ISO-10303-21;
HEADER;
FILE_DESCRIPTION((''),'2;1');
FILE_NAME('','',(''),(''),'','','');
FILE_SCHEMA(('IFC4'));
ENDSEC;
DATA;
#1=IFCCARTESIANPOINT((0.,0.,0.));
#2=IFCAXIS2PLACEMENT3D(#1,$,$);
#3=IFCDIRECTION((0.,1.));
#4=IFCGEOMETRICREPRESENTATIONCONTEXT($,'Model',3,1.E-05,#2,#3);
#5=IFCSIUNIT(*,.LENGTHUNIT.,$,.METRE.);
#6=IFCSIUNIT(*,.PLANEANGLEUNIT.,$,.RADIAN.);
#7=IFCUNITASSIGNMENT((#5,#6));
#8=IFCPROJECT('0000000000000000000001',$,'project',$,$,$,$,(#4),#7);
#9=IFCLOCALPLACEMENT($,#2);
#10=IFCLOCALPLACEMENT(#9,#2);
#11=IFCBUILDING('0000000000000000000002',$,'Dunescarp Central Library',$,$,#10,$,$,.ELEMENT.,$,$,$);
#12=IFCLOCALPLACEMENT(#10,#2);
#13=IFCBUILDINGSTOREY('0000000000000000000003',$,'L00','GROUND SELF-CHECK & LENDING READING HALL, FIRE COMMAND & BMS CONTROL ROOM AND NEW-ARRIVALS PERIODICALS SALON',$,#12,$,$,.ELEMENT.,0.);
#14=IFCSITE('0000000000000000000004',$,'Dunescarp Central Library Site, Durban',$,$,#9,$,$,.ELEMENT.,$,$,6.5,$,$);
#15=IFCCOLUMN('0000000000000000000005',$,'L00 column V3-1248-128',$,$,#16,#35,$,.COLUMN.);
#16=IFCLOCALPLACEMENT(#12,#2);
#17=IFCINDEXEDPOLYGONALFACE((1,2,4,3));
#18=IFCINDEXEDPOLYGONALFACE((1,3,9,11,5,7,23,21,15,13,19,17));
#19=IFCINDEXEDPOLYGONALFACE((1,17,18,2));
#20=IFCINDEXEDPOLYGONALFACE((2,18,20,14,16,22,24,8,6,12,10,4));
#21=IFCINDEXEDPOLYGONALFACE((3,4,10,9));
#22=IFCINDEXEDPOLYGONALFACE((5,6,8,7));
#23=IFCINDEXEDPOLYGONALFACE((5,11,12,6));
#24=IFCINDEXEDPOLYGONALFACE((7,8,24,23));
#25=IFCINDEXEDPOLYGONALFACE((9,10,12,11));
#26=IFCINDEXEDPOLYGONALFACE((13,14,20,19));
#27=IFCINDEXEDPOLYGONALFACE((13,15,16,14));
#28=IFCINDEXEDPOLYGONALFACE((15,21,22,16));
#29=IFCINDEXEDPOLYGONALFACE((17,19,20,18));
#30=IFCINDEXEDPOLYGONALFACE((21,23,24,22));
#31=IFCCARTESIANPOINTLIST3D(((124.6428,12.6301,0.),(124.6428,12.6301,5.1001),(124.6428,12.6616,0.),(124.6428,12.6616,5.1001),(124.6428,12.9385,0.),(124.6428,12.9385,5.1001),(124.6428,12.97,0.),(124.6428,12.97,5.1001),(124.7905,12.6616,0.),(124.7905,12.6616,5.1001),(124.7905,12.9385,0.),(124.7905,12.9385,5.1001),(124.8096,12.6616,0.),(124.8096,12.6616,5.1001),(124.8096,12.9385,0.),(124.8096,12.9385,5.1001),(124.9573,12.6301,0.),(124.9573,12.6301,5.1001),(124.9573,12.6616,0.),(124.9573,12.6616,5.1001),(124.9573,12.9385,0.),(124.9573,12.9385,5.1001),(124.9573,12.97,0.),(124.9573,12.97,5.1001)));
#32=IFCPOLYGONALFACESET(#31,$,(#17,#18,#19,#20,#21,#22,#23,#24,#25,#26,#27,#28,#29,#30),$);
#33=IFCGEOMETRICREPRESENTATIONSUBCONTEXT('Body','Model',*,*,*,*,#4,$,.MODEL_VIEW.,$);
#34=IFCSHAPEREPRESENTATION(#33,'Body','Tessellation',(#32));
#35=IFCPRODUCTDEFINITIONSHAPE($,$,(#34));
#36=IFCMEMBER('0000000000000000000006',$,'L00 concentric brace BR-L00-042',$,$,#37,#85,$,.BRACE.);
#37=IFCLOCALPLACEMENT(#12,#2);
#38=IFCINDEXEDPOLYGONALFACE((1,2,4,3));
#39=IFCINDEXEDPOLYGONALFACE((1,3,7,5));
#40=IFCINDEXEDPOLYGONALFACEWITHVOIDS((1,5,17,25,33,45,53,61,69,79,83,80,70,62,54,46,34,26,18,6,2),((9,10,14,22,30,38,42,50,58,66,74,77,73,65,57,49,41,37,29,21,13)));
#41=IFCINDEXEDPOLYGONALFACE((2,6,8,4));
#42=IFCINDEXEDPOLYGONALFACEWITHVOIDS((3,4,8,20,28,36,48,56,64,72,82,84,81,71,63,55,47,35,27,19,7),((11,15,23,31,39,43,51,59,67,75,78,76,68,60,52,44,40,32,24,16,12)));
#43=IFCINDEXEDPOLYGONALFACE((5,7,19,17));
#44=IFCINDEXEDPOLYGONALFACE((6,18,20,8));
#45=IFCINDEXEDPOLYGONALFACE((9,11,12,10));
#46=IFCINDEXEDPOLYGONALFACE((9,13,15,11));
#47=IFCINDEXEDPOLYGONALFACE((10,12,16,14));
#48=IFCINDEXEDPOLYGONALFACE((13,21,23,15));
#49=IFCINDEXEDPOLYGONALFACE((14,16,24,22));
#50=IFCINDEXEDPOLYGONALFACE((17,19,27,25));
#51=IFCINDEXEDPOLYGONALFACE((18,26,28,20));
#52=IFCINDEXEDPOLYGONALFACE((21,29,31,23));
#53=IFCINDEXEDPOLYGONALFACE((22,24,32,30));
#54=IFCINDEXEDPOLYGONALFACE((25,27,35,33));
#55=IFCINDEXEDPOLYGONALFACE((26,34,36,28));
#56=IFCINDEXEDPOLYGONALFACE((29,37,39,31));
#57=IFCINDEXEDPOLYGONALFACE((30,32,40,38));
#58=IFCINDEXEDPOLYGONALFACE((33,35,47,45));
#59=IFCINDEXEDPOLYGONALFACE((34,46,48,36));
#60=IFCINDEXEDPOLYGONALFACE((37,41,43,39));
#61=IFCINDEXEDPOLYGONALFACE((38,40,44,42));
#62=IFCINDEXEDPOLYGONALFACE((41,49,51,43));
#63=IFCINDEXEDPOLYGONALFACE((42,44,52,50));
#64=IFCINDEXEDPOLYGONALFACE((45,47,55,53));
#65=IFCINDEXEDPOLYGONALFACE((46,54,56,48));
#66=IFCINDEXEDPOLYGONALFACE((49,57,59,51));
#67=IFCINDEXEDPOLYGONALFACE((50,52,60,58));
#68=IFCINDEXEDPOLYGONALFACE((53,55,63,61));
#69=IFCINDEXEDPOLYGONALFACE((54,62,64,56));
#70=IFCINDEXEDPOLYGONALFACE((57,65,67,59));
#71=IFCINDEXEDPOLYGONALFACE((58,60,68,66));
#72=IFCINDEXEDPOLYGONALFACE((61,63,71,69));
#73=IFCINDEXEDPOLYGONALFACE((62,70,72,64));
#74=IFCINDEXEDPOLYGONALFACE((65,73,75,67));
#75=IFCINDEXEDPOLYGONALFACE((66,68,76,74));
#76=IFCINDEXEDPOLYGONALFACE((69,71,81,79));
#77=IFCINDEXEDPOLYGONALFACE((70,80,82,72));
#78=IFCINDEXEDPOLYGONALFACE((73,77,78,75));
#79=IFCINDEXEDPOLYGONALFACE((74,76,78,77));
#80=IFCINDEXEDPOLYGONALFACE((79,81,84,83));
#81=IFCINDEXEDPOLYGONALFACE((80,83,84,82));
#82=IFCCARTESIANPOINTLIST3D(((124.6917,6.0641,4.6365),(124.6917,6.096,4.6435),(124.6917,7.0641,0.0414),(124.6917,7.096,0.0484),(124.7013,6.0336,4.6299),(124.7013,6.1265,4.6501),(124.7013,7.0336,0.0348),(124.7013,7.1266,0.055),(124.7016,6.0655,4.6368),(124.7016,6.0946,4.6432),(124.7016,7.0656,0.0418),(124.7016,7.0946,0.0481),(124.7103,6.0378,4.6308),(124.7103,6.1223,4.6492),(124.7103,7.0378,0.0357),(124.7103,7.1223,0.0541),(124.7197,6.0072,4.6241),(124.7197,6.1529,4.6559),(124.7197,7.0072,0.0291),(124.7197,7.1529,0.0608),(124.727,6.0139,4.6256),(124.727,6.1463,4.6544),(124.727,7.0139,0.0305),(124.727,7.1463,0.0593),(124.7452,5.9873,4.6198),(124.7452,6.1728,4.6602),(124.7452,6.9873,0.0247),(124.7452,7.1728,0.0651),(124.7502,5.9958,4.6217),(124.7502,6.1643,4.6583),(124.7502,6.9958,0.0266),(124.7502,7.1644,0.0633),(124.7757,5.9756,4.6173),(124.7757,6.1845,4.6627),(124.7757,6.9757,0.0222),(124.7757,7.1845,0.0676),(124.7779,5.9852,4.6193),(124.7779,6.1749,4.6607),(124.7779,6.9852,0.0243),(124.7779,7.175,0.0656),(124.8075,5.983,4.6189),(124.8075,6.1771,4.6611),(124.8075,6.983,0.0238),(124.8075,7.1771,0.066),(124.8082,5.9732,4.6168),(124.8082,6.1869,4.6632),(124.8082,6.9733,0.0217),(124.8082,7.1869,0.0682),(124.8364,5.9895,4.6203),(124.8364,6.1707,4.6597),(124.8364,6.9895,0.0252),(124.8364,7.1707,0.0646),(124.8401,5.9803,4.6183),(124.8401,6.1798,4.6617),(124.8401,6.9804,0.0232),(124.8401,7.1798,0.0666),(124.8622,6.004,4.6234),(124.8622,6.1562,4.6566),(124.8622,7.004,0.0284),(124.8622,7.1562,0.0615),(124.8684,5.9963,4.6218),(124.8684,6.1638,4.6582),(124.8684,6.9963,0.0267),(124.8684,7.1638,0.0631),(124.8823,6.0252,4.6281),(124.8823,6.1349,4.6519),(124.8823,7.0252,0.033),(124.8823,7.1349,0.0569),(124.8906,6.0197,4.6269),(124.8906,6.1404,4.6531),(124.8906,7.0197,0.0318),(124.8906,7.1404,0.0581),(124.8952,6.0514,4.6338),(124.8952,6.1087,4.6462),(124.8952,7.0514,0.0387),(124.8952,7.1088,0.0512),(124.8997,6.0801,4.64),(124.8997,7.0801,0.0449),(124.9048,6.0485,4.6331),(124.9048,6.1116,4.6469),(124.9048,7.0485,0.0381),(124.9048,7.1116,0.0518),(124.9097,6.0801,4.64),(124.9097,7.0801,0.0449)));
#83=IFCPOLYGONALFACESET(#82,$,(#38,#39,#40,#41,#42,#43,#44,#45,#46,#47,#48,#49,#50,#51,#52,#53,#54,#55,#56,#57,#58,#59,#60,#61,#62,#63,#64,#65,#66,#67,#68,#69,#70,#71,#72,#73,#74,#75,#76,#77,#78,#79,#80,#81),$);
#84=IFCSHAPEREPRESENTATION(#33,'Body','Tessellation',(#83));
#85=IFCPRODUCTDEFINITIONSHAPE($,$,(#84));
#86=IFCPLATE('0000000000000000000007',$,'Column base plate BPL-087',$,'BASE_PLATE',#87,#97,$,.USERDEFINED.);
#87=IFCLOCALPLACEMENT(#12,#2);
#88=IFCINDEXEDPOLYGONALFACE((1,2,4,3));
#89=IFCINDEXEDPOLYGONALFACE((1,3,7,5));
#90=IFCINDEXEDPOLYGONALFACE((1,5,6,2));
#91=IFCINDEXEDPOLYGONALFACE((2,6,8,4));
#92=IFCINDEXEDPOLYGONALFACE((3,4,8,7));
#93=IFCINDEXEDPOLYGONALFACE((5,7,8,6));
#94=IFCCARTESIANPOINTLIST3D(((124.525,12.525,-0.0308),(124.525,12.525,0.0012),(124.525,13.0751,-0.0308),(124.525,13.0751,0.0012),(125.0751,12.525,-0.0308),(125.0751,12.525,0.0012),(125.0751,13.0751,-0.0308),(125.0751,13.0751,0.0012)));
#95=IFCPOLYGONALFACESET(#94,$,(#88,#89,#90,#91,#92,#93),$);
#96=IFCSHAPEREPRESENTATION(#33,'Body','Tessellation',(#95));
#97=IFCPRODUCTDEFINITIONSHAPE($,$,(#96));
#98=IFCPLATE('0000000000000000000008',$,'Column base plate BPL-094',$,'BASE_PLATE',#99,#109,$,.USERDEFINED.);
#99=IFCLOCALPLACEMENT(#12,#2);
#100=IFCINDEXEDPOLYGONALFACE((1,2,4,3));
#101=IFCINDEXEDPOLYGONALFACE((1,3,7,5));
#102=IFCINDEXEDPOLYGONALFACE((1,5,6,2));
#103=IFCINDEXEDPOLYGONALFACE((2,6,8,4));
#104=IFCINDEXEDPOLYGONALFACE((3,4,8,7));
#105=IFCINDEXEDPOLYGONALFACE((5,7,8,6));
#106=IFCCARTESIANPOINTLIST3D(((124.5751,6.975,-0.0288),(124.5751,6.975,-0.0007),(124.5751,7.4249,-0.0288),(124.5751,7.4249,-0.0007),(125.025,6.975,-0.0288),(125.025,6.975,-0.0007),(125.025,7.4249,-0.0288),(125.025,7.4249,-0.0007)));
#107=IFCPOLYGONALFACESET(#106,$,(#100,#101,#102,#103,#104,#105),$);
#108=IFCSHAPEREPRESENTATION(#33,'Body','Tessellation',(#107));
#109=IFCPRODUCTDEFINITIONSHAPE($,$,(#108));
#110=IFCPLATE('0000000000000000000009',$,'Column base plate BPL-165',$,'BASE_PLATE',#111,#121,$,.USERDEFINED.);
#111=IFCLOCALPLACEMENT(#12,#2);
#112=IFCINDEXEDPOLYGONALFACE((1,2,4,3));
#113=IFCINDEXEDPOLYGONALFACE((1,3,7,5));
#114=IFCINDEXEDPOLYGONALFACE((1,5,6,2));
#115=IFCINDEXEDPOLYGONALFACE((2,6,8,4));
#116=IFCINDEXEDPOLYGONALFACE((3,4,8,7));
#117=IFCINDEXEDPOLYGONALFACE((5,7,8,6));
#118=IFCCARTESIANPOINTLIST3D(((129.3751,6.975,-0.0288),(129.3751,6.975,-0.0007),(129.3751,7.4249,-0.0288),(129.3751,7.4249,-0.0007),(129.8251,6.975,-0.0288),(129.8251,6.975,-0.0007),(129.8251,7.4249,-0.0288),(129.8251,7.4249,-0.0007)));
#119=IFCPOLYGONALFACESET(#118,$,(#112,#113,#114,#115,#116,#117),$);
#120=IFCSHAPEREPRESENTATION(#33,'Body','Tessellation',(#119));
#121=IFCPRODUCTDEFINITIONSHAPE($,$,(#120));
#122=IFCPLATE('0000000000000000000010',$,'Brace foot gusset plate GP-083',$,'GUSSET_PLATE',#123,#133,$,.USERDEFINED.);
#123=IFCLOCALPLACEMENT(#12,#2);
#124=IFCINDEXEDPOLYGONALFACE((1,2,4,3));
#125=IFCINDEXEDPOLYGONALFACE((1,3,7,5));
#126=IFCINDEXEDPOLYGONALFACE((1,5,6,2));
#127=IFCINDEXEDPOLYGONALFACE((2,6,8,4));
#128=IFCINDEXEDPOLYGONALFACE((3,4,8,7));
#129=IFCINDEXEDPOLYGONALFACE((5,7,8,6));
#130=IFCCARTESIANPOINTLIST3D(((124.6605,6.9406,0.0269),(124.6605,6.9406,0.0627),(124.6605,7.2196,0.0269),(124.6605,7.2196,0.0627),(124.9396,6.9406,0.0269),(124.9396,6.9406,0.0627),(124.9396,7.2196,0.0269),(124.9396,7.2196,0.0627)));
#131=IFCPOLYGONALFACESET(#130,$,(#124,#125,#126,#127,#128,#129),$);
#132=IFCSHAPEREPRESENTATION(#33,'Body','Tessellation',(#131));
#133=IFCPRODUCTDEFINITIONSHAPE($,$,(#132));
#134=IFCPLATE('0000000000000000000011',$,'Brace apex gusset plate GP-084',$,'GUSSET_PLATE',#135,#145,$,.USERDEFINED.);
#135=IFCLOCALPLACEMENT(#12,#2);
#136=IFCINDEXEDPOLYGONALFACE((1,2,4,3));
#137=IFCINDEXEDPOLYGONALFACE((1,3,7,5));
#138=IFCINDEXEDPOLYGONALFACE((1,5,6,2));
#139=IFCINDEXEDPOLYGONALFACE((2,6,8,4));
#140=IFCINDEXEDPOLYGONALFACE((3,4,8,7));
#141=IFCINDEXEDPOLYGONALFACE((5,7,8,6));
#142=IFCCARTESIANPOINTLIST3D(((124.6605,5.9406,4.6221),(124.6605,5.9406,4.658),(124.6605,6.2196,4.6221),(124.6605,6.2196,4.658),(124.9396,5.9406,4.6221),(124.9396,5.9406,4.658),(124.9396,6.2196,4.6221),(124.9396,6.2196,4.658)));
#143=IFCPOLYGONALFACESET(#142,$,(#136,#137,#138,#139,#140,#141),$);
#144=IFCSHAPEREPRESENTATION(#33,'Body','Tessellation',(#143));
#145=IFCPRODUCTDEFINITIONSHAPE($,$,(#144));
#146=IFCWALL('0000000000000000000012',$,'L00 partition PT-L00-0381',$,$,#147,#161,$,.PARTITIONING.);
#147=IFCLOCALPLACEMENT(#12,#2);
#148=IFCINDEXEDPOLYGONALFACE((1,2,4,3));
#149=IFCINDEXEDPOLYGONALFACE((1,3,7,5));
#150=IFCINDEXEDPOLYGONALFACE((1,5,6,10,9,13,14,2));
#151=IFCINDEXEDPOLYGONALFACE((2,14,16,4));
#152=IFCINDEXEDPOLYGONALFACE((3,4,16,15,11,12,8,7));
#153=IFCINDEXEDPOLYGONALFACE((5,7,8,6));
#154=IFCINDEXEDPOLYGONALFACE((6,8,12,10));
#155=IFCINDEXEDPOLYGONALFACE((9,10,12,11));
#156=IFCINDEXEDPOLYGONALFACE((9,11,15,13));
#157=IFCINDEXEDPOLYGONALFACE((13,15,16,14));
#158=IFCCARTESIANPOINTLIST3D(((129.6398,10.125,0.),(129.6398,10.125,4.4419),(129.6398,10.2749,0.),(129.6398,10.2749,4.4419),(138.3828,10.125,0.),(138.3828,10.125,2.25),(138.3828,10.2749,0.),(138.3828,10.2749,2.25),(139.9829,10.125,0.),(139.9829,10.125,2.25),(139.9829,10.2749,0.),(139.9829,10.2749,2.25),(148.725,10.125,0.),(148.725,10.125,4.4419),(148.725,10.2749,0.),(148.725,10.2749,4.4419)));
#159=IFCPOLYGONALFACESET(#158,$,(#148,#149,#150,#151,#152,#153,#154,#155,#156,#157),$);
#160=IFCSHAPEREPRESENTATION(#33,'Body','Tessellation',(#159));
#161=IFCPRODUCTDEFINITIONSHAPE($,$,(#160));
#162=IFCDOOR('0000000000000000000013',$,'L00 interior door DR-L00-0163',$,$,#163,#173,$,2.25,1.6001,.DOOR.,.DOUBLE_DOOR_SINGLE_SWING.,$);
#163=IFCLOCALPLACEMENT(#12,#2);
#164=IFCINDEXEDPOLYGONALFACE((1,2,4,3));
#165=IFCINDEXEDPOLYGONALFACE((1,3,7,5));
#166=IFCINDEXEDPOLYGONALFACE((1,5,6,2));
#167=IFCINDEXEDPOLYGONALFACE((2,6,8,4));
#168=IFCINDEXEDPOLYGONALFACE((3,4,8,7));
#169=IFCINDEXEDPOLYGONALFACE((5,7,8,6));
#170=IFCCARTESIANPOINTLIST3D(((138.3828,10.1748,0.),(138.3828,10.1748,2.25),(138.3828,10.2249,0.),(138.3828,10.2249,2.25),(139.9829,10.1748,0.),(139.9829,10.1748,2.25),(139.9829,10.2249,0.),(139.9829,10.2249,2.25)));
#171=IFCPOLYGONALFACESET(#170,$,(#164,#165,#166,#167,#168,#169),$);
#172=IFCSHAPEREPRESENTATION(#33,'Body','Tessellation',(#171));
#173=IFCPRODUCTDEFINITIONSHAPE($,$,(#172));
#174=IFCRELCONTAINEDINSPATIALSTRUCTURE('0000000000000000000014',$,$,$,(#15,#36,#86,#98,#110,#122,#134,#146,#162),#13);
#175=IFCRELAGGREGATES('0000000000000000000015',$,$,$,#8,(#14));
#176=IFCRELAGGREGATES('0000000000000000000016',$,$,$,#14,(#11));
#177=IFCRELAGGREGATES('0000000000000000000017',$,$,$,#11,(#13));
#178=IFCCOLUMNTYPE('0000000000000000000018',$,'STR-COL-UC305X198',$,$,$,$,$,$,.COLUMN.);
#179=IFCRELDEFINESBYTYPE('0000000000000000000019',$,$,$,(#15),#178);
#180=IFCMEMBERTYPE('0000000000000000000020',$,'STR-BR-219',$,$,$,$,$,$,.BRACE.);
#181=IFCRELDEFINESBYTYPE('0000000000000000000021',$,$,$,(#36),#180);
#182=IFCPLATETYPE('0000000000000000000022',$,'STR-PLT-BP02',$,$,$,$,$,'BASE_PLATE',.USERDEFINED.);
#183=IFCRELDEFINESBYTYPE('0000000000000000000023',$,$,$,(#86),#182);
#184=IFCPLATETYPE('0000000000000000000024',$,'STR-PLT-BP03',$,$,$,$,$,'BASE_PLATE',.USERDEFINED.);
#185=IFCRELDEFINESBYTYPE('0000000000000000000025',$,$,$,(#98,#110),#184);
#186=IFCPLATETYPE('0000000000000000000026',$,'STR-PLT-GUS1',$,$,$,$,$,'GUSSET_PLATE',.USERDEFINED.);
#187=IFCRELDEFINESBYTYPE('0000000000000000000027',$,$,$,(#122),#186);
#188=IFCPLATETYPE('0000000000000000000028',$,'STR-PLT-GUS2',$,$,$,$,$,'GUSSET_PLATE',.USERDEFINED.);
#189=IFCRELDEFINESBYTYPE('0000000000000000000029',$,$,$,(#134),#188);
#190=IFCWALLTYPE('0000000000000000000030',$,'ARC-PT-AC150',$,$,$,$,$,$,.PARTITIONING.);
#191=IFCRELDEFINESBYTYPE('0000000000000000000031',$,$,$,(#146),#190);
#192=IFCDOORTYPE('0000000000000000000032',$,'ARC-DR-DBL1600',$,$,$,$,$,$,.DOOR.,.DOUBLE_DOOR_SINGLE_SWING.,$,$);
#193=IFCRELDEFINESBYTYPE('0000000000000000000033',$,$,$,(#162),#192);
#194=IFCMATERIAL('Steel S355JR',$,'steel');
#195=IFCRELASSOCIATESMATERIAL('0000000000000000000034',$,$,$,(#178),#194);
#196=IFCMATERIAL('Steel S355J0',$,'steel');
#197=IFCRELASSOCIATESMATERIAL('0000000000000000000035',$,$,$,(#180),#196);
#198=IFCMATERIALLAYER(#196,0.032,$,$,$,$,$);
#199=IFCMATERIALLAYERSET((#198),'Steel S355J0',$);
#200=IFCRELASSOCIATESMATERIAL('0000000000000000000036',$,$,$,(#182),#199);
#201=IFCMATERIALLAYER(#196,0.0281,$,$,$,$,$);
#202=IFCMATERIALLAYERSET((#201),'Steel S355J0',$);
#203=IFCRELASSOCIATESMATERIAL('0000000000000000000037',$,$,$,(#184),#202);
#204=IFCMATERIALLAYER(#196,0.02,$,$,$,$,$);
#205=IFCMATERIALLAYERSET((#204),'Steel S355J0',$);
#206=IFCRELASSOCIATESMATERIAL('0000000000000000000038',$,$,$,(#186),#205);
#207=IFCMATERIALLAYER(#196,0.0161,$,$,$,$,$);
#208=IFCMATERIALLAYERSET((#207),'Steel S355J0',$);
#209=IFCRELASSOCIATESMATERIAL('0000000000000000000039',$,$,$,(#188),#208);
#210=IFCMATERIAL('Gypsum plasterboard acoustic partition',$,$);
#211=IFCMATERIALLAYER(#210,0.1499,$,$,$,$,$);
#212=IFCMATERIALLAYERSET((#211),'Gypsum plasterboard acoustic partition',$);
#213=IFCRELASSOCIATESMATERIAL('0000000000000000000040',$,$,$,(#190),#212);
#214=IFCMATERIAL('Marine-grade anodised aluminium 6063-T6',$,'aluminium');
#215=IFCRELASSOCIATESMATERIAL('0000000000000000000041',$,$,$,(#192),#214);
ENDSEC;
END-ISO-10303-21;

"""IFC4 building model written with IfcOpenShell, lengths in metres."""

from ifc_helpers import new_model, si_unit, direction, frame, frame_2d, origin, origin_2d, place, context, subcontext, project, spatial, rectangle, hollow_circle, i_section, extrude, material, layer, layer_set, material_profile, profile_set, type_object, element, fill, save


model = new_model("IFC4")

# Units and contexts
model_context = context("Model", 3, precision=1e-05, world=origin(), true_north=direction((0.0, 1.0)))
body_context = subcontext(model_context, "Body", "Model", "MODEL_VIEW")
ifc_project = project(units=[si_unit("LENGTHUNIT", "METRE"), si_unit("PLANEANGLEUNIT", "RADIAN")], contexts=[model_context])

# Site, building, storey
site_placement = place(None, origin())
site = spatial("IfcSite", under=ifc_project, at=site_placement, Name="Dunescarp Central Library Site, Durban", CompositionType="ELEMENT", RefElevation=6.5)
building_placement = place(site_placement, origin())
building = spatial("IfcBuilding", under=site, at=building_placement, Name="Dunescarp Central Library", CompositionType="ELEMENT")
storey_placement = place(building_placement, origin())
storey = spatial("IfcBuildingStorey", under=building, at=storey_placement, Name="L00", Description="GROUND SELF-CHECK & LENDING READING HALL, FIRE COMMAND & BMS CONTROL ROOM AND NEW-ARRIVALS PERIODICALS SALON", CompositionType="ELEMENT", Elevation=0.0)

# Column
ifc_material_1 = material(Name="Steel S355JR", Category="steel")
ifc_material_profile_1 = material_profile(ifc_material_1, i_section(OverallWidth=0.3145, OverallDepth=0.3398, WebThickness=0.019, FlangeThickness=0.0315, at=origin_2d()), Name="UC 305x305x198")
ifc_profile_set_1 = profile_set([ifc_material_profile_1], Name="Steel S355JR")
column_type_1 = type_object("IfcColumnType", Name="STR-COL-UC305X198", PredefinedType="COLUMN", material=ifc_profile_set_1)
column_1_placement = place(storey_placement, frame((124.8, 12.8, 0.0), z_axis=(0.0, 0.0, 1.0), x_axis=(1.0, 0.0, 0.0)))
element("IfcColumn", 1, at=column_1_placement, inside=storey, type_object=column_type_1, Name="L00 column V3-1248-128", PredefinedType="COLUMN", context=body_context, shape_type="SweptSolid", body=[
    extrude(i_section(OverallWidth=0.3145, OverallDepth=0.3398, WebThickness=0.019, FlangeThickness=0.0315, at=origin_2d()), origin(), (0.0, 0.0, 1.0), 5.1001),
])

# Member
ifc_material_2 = material(Name="Steel S355J0", Category="steel")
ifc_material_profile_2 = material_profile(ifc_material_2, hollow_circle(Radius=0.1096, WallThickness=0.01, at=origin_2d()), Name="CHS 219.1x10")
ifc_profile_set_2 = profile_set([ifc_material_profile_2], Name="Steel S355J0")
member_type = type_object("IfcMemberType", Name="STR-BR-219", PredefinedType="BRACE", material=ifc_profile_set_2)
member_placement = place(storey_placement, frame((124.8, 7.0801, 0.0449), z_axis=(0.0, -0.212652, 0.977128), x_axis=(1.0, 0.0, 0.0)))
element("IfcMember", 2, at=member_placement, inside=storey, type_object=member_type, Name="L00 concentric brace BR-L00-042", PredefinedType="BRACE", context=body_context, shape_type="SweptSolid", body=[
    extrude(hollow_circle(Radius=0.1096, WallThickness=0.01, at=origin_2d()), origin(), (0.0, 0.0, 1.0), 4.7026),
])

# Plates
ifc_layer_1 = layer(ifc_material_2, 0.032)
ifc_layer_set_1 = layer_set([ifc_layer_1], Name="Steel S355J0")
plate_type_1 = type_object("IfcPlateType", Name="STR-PLT-BP02", ElementType="BASE_PLATE", PredefinedType="USERDEFINED", material=ifc_layer_set_1)
plate_1_placement = place(storey_placement, frame((124.8, 12.8, -0.0308), z_axis=(0.0, 0.0, 1.0), x_axis=(1.0, 0.0, 0.0)))
element("IfcPlate", 3, at=plate_1_placement, inside=storey, type_object=plate_type_1, Name="Column base plate BPL-087", ObjectType="BASE_PLATE", PredefinedType="USERDEFINED", context=body_context, shape_type="SweptSolid", body=[
    extrude(rectangle(XDim=0.55, YDim=0.55, at=origin_2d()), origin(), (0.0, 0.0, 1.0), 0.032),
])
ifc_layer_2 = layer(ifc_material_2, 0.0281)
ifc_layer_set_2 = layer_set([ifc_layer_2], Name="Steel S355J0")
plate_type_2 = type_object("IfcPlateType", Name="STR-PLT-BP03", ElementType="BASE_PLATE", PredefinedType="USERDEFINED", material=ifc_layer_set_2)
for number, where, z_axis, x_axis, name in (
    (4, (124.8, 7.2, -0.0288), (0.0, 0.0, 1.0), (1.0, 0.0, 0.0), "Column base plate BPL-094"),
    (5, (129.6001, 7.2, -0.0288), (0.0, 0.0, 1.0), (1.0, 0.0, 0.0), "Column base plate BPL-165"),
):
    element("IfcPlate", number, at=place(storey_placement, frame(where, z_axis=z_axis, x_axis=x_axis)), inside=storey, type_object=plate_type_2, Name=name, ObjectType="BASE_PLATE", PredefinedType="USERDEFINED", context=body_context, shape_type="SweptSolid", body=[
        extrude(rectangle(XDim=0.45, YDim=0.45, at=origin_2d()), origin(), (0.0, 0.0, 1.0), 0.0281),
    ])
ifc_layer_3 = layer(ifc_material_2, 0.02)
ifc_layer_set_3 = layer_set([ifc_layer_3], Name="Steel S355J0")
plate_type_3 = type_object("IfcPlateType", Name="STR-PLT-GUS1", ElementType="GUSSET_PLATE", PredefinedType="USERDEFINED", material=ifc_layer_set_3)
plate_2_placement = place(storey_placement, frame((124.8, 7.0801, 0.0269), z_axis=(0.0, 0.0, 1.0), x_axis=(1.0, 0.0, 0.0)))
element("IfcPlate", 6, at=plate_2_placement, inside=storey, type_object=plate_type_3, Name="Brace foot gusset plate GP-083", ObjectType="GUSSET_PLATE", PredefinedType="USERDEFINED", context=body_context, shape_type="SweptSolid", body=[
    extrude(rectangle(XDim=0.2791, YDim=0.2791, at=origin_2d()), origin(), (0.0, 0.0, 1.0), 0.0359),
])
ifc_layer_4 = layer(ifc_material_2, 0.0161)
ifc_layer_set_4 = layer_set([ifc_layer_4], Name="Steel S355J0")
plate_type_4 = type_object("IfcPlateType", Name="STR-PLT-GUS2", ElementType="GUSSET_PLATE", PredefinedType="USERDEFINED", material=ifc_layer_set_4)
plate_3_placement = place(storey_placement, frame((124.8, 6.0801, 4.6221), z_axis=(0.0, 0.0, 1.0), x_axis=(1.0, 0.0, 0.0)))
element("IfcPlate", 7, at=plate_3_placement, inside=storey, type_object=plate_type_4, Name="Brace apex gusset plate GP-084", ObjectType="GUSSET_PLATE", PredefinedType="USERDEFINED", context=body_context, shape_type="SweptSolid", body=[
    extrude(rectangle(XDim=0.2791, YDim=0.2791, at=origin_2d()), origin(), (0.0, 0.0, 1.0), 0.0359),
])

# Wall, opening, door
ifc_material_3 = material(Name="Gypsum plasterboard acoustic partition")
ifc_layer_5 = layer(ifc_material_3, 0.1499)
ifc_layer_set_5 = layer_set([ifc_layer_5], Name="Gypsum plasterboard acoustic partition")
wall_type_1 = type_object("IfcWallType", Name="ARC-PT-AC150", PredefinedType="PARTITIONING", material=ifc_layer_set_5)
wall_1_placement = place(storey_placement, frame((129.6399, 10.2, 0.0), z_axis=(0.0, 0.0, 1.0), x_axis=(1.0, 0.0, 0.0)))
wall_1 = element("IfcWall", 8, at=wall_1_placement, inside=storey, type_object=wall_type_1, Name="L00 partition PT-L00-0381", PredefinedType="PARTITIONING", context=body_context, shape_type="SweptSolid", body=[
    extrude(rectangle(XDim=19.0852, YDim=0.1499, at=frame_2d((9.5425, 0.0))), origin(), (0.0, 0.0, 1.0), 4.4419),
])
opening_1_placement = place(wall_1_placement, frame((8.7429, 0.0, 0.0)))
opening_1 = element("IfcOpeningElement", 9, at=opening_1_placement, cuts=wall_1, PredefinedType="OPENING", context=body_context, shape_type="SweptSolid", body=[
    extrude(rectangle(XDim=1.6001, YDim=2.25, at=frame_2d((0.8, 1.125))), frame((0.0, 0.085, 0.0), z_axis=(0.0, -1.0, 0.0), x_axis=(1.0, 0.0, 0.0)), (0.0, 0.0, 1.0), 0.1699),
])
ifc_material_4 = material(Name="Marine-grade anodised aluminium 6063-T6", Category="aluminium")
door_type_1 = type_object("IfcDoorType", Name="ARC-DR-DBL1600", OperationType="DOUBLE_DOOR_SINGLE_SWING", PredefinedType="DOOR", material=ifc_material_4)
door_1_placement = place(opening_1_placement, origin())
door_1 = element("IfcDoor", 10, at=door_1_placement, inside=storey, type_object=door_type_1, Name="L00 interior door DR-L00-0163", OperationType="DOUBLE_DOOR_SINGLE_SWING", OverallHeight=2.25, OverallWidth=1.6001, PredefinedType="DOOR", context=body_context, shape_type="SweptSolid", body=[
    extrude(rectangle(XDim=1.6001, YDim=2.25, at=frame_2d((0.8, 1.125))), frame((0.0, 0.0249, 0.0), z_axis=(0.0, -1.0, 0.0), x_axis=(1.0, 0.0, 0.0)), (0.0, 0.0, 1.0), 0.05),
])
fill(opening_1, door_1)

save(model, "model.ifc")
